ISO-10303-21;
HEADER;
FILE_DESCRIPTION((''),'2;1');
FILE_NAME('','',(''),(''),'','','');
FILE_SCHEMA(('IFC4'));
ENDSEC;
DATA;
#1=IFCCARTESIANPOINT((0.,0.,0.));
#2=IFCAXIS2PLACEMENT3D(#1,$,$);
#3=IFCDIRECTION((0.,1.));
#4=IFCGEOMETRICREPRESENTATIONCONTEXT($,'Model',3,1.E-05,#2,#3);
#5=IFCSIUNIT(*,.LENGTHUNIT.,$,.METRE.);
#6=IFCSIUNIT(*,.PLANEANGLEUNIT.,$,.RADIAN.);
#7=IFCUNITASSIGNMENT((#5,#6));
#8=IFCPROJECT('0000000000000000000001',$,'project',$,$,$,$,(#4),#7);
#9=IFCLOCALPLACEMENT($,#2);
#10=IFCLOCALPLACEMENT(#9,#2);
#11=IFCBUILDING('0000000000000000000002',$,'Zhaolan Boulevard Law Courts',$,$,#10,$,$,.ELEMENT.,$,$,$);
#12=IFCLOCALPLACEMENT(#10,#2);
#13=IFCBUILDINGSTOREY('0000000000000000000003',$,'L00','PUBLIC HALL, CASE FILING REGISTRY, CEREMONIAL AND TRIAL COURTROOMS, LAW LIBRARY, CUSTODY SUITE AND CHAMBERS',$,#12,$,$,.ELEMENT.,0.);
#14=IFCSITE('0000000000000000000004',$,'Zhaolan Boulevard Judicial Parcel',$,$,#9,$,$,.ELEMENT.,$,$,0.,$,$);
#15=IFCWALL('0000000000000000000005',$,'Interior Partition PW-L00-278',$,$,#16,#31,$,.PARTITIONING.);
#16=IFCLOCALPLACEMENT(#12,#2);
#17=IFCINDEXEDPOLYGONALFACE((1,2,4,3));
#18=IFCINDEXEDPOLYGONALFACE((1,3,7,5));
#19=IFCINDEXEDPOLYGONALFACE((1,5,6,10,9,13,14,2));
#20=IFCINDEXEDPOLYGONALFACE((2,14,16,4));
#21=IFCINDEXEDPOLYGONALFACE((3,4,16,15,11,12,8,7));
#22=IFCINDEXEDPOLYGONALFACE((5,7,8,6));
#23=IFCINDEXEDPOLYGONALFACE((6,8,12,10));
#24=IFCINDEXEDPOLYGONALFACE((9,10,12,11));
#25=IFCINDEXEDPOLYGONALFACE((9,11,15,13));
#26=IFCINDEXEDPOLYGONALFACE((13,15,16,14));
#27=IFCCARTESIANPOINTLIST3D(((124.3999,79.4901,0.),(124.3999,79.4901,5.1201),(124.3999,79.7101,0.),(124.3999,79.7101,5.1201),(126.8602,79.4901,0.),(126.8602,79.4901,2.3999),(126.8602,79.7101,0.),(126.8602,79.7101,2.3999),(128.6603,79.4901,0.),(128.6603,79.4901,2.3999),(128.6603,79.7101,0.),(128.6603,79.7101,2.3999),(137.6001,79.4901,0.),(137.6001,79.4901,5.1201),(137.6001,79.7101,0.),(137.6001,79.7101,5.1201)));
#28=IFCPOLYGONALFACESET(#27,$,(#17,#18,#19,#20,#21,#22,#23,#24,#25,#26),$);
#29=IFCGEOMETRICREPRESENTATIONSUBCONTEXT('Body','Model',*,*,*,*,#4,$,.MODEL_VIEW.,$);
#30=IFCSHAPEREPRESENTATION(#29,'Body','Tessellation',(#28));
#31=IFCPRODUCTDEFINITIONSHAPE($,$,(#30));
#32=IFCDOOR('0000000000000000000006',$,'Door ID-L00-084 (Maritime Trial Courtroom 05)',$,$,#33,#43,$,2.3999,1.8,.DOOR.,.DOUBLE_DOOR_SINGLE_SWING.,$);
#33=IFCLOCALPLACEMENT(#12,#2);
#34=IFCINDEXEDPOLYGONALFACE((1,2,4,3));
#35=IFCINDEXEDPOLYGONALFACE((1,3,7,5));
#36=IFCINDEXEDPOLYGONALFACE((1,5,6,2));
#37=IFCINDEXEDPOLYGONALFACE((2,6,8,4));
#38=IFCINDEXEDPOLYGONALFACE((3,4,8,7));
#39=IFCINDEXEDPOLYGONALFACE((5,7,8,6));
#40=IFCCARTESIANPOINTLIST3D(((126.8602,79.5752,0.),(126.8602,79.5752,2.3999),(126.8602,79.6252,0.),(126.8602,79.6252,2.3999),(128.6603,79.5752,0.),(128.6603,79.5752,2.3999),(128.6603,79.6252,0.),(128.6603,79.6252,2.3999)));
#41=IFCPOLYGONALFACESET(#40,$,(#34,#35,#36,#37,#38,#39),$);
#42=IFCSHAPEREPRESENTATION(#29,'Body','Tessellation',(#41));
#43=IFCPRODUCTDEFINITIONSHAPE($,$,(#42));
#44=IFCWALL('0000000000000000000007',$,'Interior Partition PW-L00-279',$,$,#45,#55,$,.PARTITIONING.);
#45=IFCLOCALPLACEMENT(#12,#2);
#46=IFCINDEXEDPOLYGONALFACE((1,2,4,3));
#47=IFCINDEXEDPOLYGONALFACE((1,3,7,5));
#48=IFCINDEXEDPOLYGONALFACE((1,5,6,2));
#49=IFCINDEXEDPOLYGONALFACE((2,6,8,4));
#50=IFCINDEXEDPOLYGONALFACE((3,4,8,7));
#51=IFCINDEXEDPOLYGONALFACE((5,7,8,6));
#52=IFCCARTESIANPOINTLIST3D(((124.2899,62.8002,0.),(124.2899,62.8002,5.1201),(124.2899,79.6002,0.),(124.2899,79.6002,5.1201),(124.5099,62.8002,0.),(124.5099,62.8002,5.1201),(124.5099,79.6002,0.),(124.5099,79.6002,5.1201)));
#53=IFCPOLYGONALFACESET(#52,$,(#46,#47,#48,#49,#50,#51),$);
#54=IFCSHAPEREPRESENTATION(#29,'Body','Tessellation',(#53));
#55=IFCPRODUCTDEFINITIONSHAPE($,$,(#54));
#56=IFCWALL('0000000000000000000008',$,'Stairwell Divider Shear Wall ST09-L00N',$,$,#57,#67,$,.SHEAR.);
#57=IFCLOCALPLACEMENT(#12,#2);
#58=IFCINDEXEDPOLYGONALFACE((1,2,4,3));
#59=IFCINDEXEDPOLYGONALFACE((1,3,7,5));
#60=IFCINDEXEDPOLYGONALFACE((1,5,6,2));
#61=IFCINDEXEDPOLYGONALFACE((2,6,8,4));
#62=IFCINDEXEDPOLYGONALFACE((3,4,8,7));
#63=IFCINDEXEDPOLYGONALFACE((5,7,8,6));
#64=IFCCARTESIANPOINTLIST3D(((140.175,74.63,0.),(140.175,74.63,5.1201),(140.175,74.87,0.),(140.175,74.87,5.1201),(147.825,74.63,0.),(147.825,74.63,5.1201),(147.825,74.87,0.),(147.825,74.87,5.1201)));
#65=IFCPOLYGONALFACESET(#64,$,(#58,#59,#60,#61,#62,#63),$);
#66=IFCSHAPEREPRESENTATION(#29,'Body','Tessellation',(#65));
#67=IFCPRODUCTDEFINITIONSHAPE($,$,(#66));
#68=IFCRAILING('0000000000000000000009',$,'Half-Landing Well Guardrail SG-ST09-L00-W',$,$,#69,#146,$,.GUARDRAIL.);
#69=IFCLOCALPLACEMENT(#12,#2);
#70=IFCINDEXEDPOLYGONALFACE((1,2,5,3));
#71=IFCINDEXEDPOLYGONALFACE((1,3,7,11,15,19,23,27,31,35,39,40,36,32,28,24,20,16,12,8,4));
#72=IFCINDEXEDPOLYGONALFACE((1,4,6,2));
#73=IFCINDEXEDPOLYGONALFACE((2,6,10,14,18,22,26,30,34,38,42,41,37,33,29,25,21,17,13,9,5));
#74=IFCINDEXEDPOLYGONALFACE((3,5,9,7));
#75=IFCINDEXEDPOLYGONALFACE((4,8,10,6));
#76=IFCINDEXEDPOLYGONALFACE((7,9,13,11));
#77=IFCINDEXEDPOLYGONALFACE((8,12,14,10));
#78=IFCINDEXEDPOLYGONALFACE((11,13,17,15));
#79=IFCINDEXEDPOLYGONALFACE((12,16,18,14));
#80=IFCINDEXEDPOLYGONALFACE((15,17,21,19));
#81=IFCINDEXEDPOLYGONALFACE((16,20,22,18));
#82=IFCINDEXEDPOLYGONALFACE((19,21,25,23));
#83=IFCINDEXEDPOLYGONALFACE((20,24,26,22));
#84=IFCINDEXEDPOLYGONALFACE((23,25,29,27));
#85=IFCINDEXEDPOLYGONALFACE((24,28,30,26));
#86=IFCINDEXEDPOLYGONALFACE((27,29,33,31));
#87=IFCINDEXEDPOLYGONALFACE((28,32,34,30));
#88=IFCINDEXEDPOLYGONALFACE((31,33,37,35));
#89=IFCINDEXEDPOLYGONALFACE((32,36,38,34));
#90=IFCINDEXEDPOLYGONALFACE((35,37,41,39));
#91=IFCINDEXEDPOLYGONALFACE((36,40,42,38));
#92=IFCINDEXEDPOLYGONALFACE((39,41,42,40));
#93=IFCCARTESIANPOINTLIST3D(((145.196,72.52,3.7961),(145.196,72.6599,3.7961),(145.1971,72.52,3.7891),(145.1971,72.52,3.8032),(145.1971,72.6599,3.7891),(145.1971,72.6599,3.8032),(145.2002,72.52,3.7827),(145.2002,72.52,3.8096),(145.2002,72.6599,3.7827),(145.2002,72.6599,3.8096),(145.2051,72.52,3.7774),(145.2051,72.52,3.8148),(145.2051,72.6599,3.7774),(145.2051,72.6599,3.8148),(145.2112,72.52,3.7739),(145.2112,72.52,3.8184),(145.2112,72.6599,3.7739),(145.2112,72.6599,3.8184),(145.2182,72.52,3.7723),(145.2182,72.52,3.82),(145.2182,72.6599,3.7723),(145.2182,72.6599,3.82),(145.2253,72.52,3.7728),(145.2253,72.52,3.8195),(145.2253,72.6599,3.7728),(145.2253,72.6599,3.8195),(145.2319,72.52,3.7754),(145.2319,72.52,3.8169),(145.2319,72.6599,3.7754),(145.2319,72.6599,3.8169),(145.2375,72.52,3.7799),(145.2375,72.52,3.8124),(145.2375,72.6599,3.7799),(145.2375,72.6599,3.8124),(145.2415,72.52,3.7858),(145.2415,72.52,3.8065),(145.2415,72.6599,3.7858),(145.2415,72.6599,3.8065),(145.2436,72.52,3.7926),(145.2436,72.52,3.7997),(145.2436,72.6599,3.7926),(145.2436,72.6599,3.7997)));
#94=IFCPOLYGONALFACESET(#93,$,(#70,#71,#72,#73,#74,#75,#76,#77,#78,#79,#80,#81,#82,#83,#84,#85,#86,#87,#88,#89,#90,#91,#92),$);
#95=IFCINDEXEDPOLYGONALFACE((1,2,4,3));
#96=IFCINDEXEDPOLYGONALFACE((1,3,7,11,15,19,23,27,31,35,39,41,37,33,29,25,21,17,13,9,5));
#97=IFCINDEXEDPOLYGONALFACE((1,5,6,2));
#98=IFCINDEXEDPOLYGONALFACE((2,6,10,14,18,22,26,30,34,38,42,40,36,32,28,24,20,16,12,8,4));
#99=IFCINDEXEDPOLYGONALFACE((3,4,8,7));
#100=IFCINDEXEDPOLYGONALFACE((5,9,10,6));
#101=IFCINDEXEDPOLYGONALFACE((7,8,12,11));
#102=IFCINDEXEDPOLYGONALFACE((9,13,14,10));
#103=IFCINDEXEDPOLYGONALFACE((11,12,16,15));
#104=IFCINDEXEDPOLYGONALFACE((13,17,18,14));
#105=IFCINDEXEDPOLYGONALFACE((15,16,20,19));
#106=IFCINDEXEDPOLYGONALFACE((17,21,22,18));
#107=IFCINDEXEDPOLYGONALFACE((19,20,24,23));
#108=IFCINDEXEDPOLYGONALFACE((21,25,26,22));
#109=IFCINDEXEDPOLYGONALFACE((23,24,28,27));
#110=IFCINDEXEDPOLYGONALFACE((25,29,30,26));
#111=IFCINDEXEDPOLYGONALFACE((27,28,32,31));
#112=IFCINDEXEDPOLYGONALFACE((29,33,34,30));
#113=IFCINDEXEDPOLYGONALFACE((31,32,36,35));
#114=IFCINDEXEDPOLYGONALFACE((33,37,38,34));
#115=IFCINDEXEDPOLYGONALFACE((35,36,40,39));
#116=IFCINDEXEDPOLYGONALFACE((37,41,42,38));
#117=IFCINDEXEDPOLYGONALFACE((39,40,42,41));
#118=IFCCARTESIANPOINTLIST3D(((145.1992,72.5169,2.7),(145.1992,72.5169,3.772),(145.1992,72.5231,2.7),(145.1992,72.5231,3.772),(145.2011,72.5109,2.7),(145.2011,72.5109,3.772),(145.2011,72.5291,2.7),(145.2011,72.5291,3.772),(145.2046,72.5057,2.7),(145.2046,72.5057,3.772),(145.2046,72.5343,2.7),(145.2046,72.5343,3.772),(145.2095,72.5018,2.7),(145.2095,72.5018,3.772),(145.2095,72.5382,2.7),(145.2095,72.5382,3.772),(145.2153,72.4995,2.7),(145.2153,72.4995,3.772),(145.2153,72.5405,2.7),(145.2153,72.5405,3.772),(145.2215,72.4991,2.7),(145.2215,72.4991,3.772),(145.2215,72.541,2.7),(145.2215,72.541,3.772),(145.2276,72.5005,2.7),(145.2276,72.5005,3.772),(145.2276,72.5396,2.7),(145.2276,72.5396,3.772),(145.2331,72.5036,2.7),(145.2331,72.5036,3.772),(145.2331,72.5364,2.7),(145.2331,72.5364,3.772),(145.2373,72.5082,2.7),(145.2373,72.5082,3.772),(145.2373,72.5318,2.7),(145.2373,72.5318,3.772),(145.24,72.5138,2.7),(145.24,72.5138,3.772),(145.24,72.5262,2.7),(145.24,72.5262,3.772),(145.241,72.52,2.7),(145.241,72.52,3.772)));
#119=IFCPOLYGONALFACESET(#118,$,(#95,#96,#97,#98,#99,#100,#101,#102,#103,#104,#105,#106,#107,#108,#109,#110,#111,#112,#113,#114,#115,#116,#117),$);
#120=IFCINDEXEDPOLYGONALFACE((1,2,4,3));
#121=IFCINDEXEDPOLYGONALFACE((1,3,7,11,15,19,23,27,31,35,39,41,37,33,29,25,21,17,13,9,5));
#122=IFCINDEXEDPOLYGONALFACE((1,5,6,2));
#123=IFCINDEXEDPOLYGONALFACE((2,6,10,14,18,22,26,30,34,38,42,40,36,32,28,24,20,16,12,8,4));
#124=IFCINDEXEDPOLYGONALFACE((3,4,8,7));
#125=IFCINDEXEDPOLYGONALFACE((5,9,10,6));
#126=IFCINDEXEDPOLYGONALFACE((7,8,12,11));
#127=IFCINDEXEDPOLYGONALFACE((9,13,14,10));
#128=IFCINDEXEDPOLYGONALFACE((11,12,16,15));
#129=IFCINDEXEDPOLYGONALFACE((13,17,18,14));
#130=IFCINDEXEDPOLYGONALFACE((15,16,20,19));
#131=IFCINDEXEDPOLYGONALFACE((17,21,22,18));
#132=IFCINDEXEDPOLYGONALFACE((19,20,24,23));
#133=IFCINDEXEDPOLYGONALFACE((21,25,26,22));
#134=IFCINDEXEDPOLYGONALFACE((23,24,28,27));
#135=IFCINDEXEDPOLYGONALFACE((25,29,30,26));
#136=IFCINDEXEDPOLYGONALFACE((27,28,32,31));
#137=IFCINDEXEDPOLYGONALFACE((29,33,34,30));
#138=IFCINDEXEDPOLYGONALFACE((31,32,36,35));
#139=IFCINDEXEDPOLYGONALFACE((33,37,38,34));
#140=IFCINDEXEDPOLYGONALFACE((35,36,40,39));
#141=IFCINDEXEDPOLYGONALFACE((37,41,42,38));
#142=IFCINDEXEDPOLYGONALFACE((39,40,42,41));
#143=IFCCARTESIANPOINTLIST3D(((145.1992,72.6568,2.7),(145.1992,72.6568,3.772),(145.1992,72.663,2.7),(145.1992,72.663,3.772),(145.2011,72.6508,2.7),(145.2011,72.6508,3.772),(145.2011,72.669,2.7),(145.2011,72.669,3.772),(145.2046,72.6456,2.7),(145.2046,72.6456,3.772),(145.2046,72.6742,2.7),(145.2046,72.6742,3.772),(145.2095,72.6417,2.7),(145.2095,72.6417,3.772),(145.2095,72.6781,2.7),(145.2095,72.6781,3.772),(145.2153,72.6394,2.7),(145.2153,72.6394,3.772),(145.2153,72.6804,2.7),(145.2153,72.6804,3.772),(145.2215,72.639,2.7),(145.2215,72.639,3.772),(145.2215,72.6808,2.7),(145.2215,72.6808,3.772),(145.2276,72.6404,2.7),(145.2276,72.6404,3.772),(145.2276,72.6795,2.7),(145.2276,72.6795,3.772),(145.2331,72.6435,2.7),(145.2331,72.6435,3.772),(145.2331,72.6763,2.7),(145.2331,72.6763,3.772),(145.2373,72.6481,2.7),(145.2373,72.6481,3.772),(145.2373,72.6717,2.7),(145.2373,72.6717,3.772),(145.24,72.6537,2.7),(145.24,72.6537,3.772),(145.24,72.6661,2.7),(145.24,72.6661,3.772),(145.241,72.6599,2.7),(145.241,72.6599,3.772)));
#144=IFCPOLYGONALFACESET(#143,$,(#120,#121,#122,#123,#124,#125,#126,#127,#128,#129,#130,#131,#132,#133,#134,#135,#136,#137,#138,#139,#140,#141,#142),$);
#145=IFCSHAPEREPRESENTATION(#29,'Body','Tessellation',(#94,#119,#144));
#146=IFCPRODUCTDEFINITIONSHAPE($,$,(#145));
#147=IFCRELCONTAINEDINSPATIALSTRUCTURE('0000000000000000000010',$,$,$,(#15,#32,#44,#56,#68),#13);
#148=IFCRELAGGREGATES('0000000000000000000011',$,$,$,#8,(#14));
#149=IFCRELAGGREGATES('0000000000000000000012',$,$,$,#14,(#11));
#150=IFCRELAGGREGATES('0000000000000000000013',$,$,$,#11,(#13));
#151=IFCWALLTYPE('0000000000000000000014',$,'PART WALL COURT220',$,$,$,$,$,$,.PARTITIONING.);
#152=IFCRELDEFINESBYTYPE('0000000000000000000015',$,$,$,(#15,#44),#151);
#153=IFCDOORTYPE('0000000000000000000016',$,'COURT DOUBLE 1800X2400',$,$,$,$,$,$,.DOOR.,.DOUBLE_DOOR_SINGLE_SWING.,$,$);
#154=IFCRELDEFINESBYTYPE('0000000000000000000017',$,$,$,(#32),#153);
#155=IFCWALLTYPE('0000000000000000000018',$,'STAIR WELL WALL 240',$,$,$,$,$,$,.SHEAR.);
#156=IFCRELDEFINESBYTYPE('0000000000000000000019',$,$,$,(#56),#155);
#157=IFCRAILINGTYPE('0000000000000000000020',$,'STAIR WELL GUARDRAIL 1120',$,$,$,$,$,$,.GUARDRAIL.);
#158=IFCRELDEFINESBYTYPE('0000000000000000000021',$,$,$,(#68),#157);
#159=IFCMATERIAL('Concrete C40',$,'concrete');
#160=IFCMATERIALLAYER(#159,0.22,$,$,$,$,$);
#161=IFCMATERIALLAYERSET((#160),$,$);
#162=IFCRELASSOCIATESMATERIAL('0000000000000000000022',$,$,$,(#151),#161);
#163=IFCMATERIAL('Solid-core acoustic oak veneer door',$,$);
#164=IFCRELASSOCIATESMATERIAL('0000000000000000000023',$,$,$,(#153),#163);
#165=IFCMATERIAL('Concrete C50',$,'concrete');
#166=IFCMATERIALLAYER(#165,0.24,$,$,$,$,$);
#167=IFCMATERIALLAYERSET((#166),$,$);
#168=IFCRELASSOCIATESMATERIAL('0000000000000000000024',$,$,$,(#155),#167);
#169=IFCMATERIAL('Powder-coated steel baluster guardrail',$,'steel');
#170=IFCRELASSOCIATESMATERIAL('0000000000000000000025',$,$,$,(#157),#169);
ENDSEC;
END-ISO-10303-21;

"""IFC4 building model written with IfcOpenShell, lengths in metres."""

from ifc_helpers import new_model, si_unit, direction, frame, frame_2d, origin, origin_2d, place, context, subcontext, project, spatial, rectangle, circle, extrude, material, layer, layer_set, type_object, element, fill, save


model = new_model("IFC4")

# Units and contexts
model_context = context("Model", 3, precision=1e-05, world=origin(), true_north=direction((0.0, 1.0)))
body_context = subcontext(model_context, "Body", "Model", "MODEL_VIEW")
ifc_project = project(units=[si_unit("LENGTHUNIT", "METRE"), si_unit("PLANEANGLEUNIT", "RADIAN")], contexts=[model_context])

# Site, building, storey
site_placement = place(None, origin())
site = spatial("IfcSite", under=ifc_project, at=site_placement, Name="Zhaolan Boulevard Judicial Parcel", CompositionType="ELEMENT", RefElevation=0.0)
building_placement = place(site_placement, origin())
building = spatial("IfcBuilding", under=site, at=building_placement, Name="Zhaolan Boulevard Law Courts", CompositionType="ELEMENT")
storey_placement = place(building_placement, origin())
storey = spatial("IfcBuildingStorey", under=building, at=storey_placement, Name="L00", Description="PUBLIC HALL, CASE FILING REGISTRY, CEREMONIAL AND TRIAL COURTROOMS, LAW LIBRARY, CUSTODY SUITE AND CHAMBERS", CompositionType="ELEMENT", Elevation=0.0)

# Wall, opening, door
ifc_material_1 = material(Name="Concrete C40", Category="concrete")
ifc_layer_1 = layer(ifc_material_1, 0.22)
ifc_layer_set_1 = layer_set([ifc_layer_1])
wall_type_1 = type_object("IfcWallType", Name="PART WALL COURT220", PredefinedType="PARTITIONING", material=ifc_layer_set_1)
wall_1_placement = place(storey_placement, frame((137.6001, 79.6001, 0.0), z_axis=(0.0, 0.0, 1.0), x_axis=(-1.0, 0.0, 0.0)))
wall_1 = element("IfcWall", 1, at=wall_1_placement, inside=storey, type_object=wall_type_1, Name="Interior Partition PW-L00-278", PredefinedType="PARTITIONING", context=body_context, shape_type="SweptSolid", body=[
    extrude(rectangle(XDim=13.2002, YDim=0.22, at=frame_2d((6.6001, 0.0))), origin(), (0.0, 0.0, 1.0), 5.1201),
])
opening_1_placement = place(wall_1_placement, frame((8.9399, 0.0, 0.0)))
opening_1 = element("IfcOpeningElement", 2, at=opening_1_placement, cuts=wall_1, PredefinedType="OPENING", context=body_context, shape_type="SweptSolid", body=[
    extrude(rectangle(XDim=1.8, YDim=2.3999, at=frame_2d((0.8999, 1.2))), frame((0.0, 0.1199, 0.0), z_axis=(0.0, -1.0, 0.0), x_axis=(1.0, 0.0, 0.0)), (0.0, 0.0, 1.0), 0.24),
])
ifc_material_2 = material(Name="Solid-core acoustic oak veneer door")
door_type_1 = type_object("IfcDoorType", Name="COURT DOUBLE 1800X2400", OperationType="DOUBLE_DOOR_SINGLE_SWING", PredefinedType="DOOR", material=ifc_material_2)
door_1_placement = place(opening_1_placement, origin())
door_1 = element("IfcDoor", 3, at=door_1_placement, inside=storey, type_object=door_type_1, Name="Door ID-L00-084 (Maritime Trial Courtroom 05)", OperationType="DOUBLE_DOOR_SINGLE_SWING", OverallHeight=2.3999, OverallWidth=1.8, PredefinedType="DOOR", context=body_context, shape_type="SweptSolid", body=[
    extrude(rectangle(XDim=1.8, YDim=2.3999, at=frame_2d((0.8999, 1.2))), frame((0.0, 0.0249, 0.0), z_axis=(0.0, -1.0, 0.0), x_axis=(1.0, 0.0, 0.0)), (0.0, 0.0, 1.0), 0.05),
])
fill(opening_1, door_1)

# Walls
wall_2_placement = place(storey_placement, frame((124.3999, 79.6001, 0.0), z_axis=(0.0, 0.0, 1.0), x_axis=(0.0, -1.0, 0.0)))
element("IfcWall", 4, at=wall_2_placement, inside=storey, type_object=wall_type_1, Name="Interior Partition PW-L00-279", PredefinedType="PARTITIONING", context=body_context, shape_type="SweptSolid", body=[
    extrude(rectangle(XDim=16.8, YDim=0.22, at=frame_2d((8.3999, 0.0))), origin(), (0.0, 0.0, 1.0), 5.1201),
])
ifc_material_3 = material(Name="Concrete C50", Category="concrete")
ifc_layer_2 = layer(ifc_material_3, 0.24)
ifc_layer_set_2 = layer_set([ifc_layer_2])
wall_type_2 = type_object("IfcWallType", Name="STAIR WELL WALL 240", PredefinedType="SHEAR", material=ifc_layer_set_2)
wall_3_placement = place(storey_placement, frame((140.175, 74.75, 0.0), z_axis=(0.0, 0.0, 1.0), x_axis=(1.0, 0.0, 0.0)))
element("IfcWall", 5, at=wall_3_placement, inside=storey, type_object=wall_type_2, Name="Stairwell Divider Shear Wall ST09-L00N", PredefinedType="SHEAR", context=body_context, shape_type="SweptSolid", body=[
    extrude(rectangle(XDim=7.6499, YDim=0.24, at=frame_2d((3.825, 0.0))), origin(), (0.0, 0.0, 1.0), 5.1201),
])

# Railing
ifc_material_4 = material(Name="Powder-coated steel baluster guardrail", Category="steel")
railing_type = type_object("IfcRailingType", Name="STAIR WELL GUARDRAIL 1120", PredefinedType="GUARDRAIL", material=ifc_material_4)
railing_placement = place(storey_placement, frame((145.22, 72.52, 2.7)))
element("IfcRailing", 6, at=railing_placement, inside=storey, type_object=railing_type, Name="Half-Landing Well Guardrail SG-ST09-L00-W", PredefinedType="GUARDRAIL", context=body_context, shape_type="SweptSolid", body=[
    extrude(circle(Radius=0.0239, at=origin_2d()), frame((0.0, 0.0, 1.0962), z_axis=(0.0, 1.0, 0.0), x_axis=(-1.0, 0.0, 0.0)), (0.0, 0.0, 1.0), 0.1399),
    extrude(circle(Radius=0.021, at=origin_2d()), origin(), (0.0, 0.0, 1.0), 1.072),
    extrude(circle(Radius=0.021, at=origin_2d()), frame((0.0, 0.1399, 0.0)), (0.0, 0.0, 1.0), 1.072),
])

save(model, "model.ifc")
